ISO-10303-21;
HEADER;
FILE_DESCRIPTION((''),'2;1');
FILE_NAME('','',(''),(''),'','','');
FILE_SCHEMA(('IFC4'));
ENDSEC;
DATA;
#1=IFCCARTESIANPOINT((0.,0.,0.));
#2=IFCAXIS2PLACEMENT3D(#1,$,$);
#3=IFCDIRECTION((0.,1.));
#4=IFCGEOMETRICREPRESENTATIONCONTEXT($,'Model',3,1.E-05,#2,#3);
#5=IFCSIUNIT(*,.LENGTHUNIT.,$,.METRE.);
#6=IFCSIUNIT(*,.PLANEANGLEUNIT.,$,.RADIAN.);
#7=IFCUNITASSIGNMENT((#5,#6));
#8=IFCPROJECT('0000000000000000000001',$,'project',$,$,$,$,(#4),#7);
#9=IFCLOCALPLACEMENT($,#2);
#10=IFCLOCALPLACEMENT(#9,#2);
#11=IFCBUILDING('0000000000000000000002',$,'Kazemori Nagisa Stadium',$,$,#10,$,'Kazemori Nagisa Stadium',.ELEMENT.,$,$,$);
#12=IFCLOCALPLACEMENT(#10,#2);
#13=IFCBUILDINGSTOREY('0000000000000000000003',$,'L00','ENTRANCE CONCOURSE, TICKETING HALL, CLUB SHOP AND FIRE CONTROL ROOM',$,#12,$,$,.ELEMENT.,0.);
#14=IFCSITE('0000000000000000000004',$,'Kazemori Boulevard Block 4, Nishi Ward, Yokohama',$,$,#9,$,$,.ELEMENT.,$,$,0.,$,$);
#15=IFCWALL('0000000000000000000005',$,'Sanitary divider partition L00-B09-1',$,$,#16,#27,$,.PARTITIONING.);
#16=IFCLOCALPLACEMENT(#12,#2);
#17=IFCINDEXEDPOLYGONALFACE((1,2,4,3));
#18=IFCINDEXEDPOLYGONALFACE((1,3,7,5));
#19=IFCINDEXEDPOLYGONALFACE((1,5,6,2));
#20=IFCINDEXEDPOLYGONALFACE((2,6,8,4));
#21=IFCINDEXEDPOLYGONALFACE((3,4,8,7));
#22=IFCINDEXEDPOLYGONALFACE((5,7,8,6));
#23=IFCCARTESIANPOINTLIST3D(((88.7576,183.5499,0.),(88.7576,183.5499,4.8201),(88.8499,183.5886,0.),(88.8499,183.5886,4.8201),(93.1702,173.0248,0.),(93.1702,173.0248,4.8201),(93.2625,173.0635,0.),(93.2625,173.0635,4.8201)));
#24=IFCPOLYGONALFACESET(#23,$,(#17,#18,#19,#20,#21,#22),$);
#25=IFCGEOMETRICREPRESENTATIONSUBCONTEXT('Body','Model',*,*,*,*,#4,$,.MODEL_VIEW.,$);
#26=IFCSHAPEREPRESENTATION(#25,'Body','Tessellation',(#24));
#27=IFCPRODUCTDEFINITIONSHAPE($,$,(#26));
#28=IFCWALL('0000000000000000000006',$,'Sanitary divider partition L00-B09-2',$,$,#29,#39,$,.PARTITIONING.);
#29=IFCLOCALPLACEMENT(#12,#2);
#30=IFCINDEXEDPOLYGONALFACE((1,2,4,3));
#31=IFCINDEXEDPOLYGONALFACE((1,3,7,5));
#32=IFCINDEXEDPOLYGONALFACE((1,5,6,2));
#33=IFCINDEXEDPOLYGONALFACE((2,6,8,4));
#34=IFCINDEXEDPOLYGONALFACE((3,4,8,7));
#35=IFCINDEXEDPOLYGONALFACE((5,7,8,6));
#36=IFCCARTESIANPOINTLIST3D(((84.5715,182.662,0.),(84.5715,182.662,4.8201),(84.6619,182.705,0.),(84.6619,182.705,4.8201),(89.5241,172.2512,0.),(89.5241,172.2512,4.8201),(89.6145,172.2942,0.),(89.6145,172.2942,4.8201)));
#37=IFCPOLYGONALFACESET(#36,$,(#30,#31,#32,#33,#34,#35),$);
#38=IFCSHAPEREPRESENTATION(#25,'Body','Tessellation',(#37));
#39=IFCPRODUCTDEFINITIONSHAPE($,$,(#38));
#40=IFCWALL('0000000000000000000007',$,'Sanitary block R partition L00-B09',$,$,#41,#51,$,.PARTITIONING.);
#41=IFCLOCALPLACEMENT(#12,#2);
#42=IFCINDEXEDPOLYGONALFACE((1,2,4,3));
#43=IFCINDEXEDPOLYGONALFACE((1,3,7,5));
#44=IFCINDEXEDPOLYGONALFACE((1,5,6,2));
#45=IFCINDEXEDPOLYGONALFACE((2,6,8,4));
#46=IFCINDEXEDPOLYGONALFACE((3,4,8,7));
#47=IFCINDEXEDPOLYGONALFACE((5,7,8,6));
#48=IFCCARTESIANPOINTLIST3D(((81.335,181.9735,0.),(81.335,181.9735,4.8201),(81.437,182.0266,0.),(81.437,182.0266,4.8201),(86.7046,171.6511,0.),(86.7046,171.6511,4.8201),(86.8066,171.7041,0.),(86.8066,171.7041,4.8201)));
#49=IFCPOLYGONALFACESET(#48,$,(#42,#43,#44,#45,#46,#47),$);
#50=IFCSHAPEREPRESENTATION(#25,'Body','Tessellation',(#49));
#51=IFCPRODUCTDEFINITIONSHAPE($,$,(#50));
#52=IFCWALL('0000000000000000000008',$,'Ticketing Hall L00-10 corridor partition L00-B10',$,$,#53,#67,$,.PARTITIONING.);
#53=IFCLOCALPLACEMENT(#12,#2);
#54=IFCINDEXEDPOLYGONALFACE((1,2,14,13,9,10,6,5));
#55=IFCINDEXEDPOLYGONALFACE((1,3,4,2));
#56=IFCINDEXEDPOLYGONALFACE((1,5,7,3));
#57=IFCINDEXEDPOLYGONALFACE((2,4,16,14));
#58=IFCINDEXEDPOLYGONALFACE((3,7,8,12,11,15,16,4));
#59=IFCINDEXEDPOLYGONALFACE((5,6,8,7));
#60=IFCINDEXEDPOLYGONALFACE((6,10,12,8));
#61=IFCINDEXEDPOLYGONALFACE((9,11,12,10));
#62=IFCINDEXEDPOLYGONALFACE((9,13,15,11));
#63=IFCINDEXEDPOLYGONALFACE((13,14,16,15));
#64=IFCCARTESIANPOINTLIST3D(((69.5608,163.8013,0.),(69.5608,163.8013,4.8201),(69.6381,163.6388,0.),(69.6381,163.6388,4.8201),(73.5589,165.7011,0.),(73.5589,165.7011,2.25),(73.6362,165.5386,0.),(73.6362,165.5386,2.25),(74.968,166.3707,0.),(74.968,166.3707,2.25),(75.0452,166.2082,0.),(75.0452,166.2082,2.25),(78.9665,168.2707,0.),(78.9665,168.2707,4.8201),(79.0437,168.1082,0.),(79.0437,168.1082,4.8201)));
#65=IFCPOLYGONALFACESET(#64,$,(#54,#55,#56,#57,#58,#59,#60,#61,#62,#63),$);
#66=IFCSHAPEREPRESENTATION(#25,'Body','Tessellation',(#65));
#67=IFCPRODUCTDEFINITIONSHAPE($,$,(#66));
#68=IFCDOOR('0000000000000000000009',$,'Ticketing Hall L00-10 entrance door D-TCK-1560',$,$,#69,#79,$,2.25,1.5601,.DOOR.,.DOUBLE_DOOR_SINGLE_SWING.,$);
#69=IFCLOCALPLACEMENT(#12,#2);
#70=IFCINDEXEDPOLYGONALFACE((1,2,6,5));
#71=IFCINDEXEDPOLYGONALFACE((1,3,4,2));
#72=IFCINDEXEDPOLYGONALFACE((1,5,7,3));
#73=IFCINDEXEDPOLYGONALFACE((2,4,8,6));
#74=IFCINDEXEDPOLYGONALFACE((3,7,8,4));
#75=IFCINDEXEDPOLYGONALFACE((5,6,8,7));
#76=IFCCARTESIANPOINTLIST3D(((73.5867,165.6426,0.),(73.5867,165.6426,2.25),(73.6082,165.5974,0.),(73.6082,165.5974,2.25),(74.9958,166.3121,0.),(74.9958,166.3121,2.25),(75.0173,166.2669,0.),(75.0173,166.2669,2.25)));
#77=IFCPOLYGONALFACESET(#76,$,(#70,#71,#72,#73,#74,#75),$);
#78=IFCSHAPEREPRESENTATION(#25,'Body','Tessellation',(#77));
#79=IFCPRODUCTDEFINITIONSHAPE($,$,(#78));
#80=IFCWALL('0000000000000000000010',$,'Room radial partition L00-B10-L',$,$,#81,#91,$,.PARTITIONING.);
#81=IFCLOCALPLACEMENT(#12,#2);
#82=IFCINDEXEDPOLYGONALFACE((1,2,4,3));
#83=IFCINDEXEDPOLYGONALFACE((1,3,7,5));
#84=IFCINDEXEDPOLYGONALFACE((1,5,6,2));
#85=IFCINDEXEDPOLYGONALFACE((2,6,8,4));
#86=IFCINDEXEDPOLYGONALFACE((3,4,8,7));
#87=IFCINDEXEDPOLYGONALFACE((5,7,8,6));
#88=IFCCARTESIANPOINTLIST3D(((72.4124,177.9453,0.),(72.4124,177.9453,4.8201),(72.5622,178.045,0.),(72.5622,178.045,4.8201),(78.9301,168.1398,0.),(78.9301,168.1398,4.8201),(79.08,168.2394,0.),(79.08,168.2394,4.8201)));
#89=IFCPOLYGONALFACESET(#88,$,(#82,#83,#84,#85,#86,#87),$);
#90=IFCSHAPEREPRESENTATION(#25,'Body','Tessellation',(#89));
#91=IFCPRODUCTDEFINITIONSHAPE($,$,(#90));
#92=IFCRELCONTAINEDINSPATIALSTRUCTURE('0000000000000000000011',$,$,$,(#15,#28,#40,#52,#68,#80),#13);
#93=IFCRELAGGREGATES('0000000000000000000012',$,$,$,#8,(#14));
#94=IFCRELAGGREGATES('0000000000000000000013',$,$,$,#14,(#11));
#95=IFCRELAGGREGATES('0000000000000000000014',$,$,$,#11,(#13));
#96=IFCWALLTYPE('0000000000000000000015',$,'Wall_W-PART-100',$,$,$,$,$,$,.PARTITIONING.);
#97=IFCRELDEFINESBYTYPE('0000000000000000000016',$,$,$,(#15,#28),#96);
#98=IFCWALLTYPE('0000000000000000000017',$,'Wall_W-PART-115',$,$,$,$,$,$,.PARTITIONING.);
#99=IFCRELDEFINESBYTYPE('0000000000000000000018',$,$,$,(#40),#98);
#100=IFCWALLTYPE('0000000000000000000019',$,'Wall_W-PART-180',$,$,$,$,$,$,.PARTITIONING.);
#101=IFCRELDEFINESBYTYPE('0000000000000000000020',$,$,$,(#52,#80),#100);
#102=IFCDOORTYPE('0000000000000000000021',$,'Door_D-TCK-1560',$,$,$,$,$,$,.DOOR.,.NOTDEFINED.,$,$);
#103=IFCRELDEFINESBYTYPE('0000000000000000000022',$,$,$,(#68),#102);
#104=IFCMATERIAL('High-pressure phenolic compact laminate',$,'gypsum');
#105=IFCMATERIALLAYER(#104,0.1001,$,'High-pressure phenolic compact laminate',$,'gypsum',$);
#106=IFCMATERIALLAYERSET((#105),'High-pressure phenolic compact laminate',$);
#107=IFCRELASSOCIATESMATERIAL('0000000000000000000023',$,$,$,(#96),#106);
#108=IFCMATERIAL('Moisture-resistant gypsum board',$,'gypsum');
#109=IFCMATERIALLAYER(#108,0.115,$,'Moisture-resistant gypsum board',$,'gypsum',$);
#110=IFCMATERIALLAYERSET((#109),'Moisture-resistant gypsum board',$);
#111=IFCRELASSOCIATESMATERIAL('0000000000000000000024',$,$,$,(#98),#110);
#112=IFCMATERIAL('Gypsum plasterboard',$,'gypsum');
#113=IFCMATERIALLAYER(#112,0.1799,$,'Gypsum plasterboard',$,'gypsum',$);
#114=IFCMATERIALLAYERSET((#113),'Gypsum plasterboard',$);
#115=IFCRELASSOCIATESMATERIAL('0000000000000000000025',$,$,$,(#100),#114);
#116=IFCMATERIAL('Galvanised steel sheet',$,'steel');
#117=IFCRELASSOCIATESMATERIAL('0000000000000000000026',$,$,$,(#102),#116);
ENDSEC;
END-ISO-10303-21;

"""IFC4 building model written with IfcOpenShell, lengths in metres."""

from ifc_helpers import new_model, si_unit, direction, frame, frame_2d, origin, place, context, subcontext, project, spatial, rectangle, extrude, material, layer, layer_set, type_object, element, fill, save


model = new_model("IFC4")

# Units and contexts
model_context = context("Model", 3, precision=1e-05, world=origin(), true_north=direction((0.0, 1.0)))
body_context = subcontext(model_context, "Body", "Model", "MODEL_VIEW")
ifc_project = project(units=[si_unit("LENGTHUNIT", "METRE"), si_unit("PLANEANGLEUNIT", "RADIAN")], contexts=[model_context])

# Site, building, storey
site_placement = place(None, origin())
site = spatial("IfcSite", under=ifc_project, at=site_placement, Name="Kazemori Boulevard Block 4, Nishi Ward, Yokohama", CompositionType="ELEMENT", RefElevation=0.0)
building_placement = place(site_placement, origin())
building = spatial("IfcBuilding", under=site, at=building_placement, Name="Kazemori Nagisa Stadium", LongName="Kazemori Nagisa Stadium", CompositionType="ELEMENT")
storey_placement = place(building_placement, origin())
storey = spatial("IfcBuildingStorey", under=building, at=storey_placement, Name="L00", Description="ENTRANCE CONCOURSE, TICKETING HALL, CLUB SHOP AND FIRE CONTROL ROOM", CompositionType="ELEMENT", Elevation=0.0)

# Walls
ifc_material_1 = material(Name="High-pressure phenolic compact laminate", Category="gypsum")
ifc_layer_1 = layer(ifc_material_1, 0.1001, Name="High-pressure phenolic compact laminate", Category="gypsum")
ifc_layer_set_1 = layer_set([ifc_layer_1], Name="High-pressure phenolic compact laminate")
wall_type_1 = type_object("IfcWallType", Name="Wall_W-PART-100", PredefinedType="PARTITIONING", material=ifc_layer_set_1)
wall_1_placement = place(storey_placement, frame((93.2163, 173.0442, 0.0), z_axis=(0.0, 0.0, 1.0), x_axis=(-0.386639, 0.922231, 0.0)))
element("IfcWall", 1, at=wall_1_placement, inside=storey, type_object=wall_type_1, Name="Sanitary divider partition L00-B09-1", PredefinedType="PARTITIONING", context=body_context, shape_type="SweptSolid", body=[
    extrude(rectangle(XDim=11.4126, YDim=0.1001, at=frame_2d((5.7063, 0.0))), origin(), (0.0, 0.0, 1.0), 4.8201),
])
wall_2_placement = place(storey_placement, frame((89.5693, 172.2727, 0.0), z_axis=(0.0, 0.0, 1.0), x_axis=(-0.429585, 0.903026, 0.0)))
element("IfcWall", 2, at=wall_2_placement, inside=storey, type_object=wall_type_1, Name="Sanitary divider partition L00-B09-2", PredefinedType="PARTITIONING", context=body_context, shape_type="SweptSolid", body=[
    extrude(rectangle(XDim=11.5288, YDim=0.1001, at=frame_2d((5.7644, 0.0))), origin(), (0.0, 0.0, 1.0), 4.8201),
])
ifc_material_2 = material(Name="Moisture-resistant gypsum board", Category="gypsum")
ifc_layer_2 = layer(ifc_material_2, 0.115, Name="Moisture-resistant gypsum board", Category="gypsum")
ifc_layer_set_2 = layer_set([ifc_layer_2], Name="Moisture-resistant gypsum board")
wall_type_2 = type_object("IfcWallType", Name="Wall_W-PART-115", PredefinedType="PARTITIONING", material=ifc_layer_set_2)
wall_3_placement = place(storey_placement, frame((86.7556, 171.6775, 0.0), z_axis=(0.0, 0.0, 1.0), x_axis=(-0.461483, 0.887149, 0.0)))
element("IfcWall", 3, at=wall_3_placement, inside=storey, type_object=wall_type_2, Name="Sanitary block R partition L00-B09", PredefinedType="PARTITIONING", context=body_context, shape_type="SweptSolid", body=[
    extrude(rectangle(XDim=11.6355, YDim=0.115, at=frame_2d((5.8179, 0.0))), origin(), (0.0, 0.0, 1.0), 4.8201),
])

# Wall, opening, door
ifc_material_3 = material(Name="Gypsum plasterboard", Category="gypsum")
ifc_layer_3 = layer(ifc_material_3, 0.1799, Name="Gypsum plasterboard", Category="gypsum")
ifc_layer_set_3 = layer_set([ifc_layer_3], Name="Gypsum plasterboard")
wall_type_3 = type_object("IfcWallType", Name="Wall_W-PART-180", PredefinedType="PARTITIONING", material=ifc_layer_set_3)
wall_4_placement = place(storey_placement, frame((79.0051, 168.1895, 0.0), z_axis=(0.0, 0.0, 1.0), x_axis=(-0.903213, -0.429194, 0.0)))
wall_4 = element("IfcWall", 4, at=wall_4_placement, inside=storey, type_object=wall_type_3, Name="Ticketing Hall L00-10 corridor partition L00-B10", PredefinedType="PARTITIONING", context=body_context, shape_type="SweptSolid", body=[
    extrude(rectangle(XDim=10.4136, YDim=0.1799, at=frame_2d((5.2068, 0.0))), origin(), (0.0, 0.0, 1.0), 4.8201),
])
opening_1_placement = place(wall_4_placement, frame((4.427, 0.0, 0.0)))
opening_1 = element("IfcOpeningElement", 5, at=opening_1_placement, cuts=wall_4, PredefinedType="OPENING", context=body_context, shape_type="SweptSolid", body=[
    extrude(rectangle(XDim=1.5601, YDim=2.25, at=frame_2d((0.78, 1.125))), frame((0.0, 0.0999, 0.0), z_axis=(0.0, -1.0, 0.0), x_axis=(1.0, 0.0, 0.0)), (0.0, 0.0, 1.0), 0.2),
])
ifc_material_4 = material(Name="Galvanised steel sheet", Category="steel")
door_type_1 = type_object("IfcDoorType", Name="Door_D-TCK-1560", OperationType="NOTDEFINED", PredefinedType="DOOR", material=ifc_material_4)
door_1_placement = place(opening_1_placement, origin())
door_1 = element("IfcDoor", 6, at=door_1_placement, inside=storey, type_object=door_type_1, Name="Ticketing Hall L00-10 entrance door D-TCK-1560", OperationType="DOUBLE_DOOR_SINGLE_SWING", OverallHeight=2.25, OverallWidth=1.5601, PredefinedType="DOOR", context=body_context, shape_type="SweptSolid", body=[
    extrude(rectangle(XDim=1.5601, YDim=2.25, at=frame_2d((0.78, 1.125))), frame((0.0, 0.0249, 0.0), z_axis=(0.0, -1.0, 0.0), x_axis=(1.0, 0.0, 0.0)), (0.0, 0.0, 1.0), 0.05),
])
fill(opening_1, door_1)

# Wall
wall_5_placement = place(storey_placement, frame((79.0051, 168.1895, 0.0), z_axis=(0.0, 0.0, 1.0), x_axis=(-0.553566, 0.832806, 0.0)))
element("IfcWall", 7, at=wall_5_placement, inside=storey, type_object=wall_type_3, Name="Room radial partition L00-B10-L", PredefinedType="PARTITIONING", context=body_context, shape_type="SweptSolid", body=[
    extrude(rectangle(XDim=11.7742, YDim=0.1799, at=frame_2d((5.8872, 0.0))), origin(), (0.0, 0.0, 1.0), 4.8201),
])

save(model, "model.ifc")
